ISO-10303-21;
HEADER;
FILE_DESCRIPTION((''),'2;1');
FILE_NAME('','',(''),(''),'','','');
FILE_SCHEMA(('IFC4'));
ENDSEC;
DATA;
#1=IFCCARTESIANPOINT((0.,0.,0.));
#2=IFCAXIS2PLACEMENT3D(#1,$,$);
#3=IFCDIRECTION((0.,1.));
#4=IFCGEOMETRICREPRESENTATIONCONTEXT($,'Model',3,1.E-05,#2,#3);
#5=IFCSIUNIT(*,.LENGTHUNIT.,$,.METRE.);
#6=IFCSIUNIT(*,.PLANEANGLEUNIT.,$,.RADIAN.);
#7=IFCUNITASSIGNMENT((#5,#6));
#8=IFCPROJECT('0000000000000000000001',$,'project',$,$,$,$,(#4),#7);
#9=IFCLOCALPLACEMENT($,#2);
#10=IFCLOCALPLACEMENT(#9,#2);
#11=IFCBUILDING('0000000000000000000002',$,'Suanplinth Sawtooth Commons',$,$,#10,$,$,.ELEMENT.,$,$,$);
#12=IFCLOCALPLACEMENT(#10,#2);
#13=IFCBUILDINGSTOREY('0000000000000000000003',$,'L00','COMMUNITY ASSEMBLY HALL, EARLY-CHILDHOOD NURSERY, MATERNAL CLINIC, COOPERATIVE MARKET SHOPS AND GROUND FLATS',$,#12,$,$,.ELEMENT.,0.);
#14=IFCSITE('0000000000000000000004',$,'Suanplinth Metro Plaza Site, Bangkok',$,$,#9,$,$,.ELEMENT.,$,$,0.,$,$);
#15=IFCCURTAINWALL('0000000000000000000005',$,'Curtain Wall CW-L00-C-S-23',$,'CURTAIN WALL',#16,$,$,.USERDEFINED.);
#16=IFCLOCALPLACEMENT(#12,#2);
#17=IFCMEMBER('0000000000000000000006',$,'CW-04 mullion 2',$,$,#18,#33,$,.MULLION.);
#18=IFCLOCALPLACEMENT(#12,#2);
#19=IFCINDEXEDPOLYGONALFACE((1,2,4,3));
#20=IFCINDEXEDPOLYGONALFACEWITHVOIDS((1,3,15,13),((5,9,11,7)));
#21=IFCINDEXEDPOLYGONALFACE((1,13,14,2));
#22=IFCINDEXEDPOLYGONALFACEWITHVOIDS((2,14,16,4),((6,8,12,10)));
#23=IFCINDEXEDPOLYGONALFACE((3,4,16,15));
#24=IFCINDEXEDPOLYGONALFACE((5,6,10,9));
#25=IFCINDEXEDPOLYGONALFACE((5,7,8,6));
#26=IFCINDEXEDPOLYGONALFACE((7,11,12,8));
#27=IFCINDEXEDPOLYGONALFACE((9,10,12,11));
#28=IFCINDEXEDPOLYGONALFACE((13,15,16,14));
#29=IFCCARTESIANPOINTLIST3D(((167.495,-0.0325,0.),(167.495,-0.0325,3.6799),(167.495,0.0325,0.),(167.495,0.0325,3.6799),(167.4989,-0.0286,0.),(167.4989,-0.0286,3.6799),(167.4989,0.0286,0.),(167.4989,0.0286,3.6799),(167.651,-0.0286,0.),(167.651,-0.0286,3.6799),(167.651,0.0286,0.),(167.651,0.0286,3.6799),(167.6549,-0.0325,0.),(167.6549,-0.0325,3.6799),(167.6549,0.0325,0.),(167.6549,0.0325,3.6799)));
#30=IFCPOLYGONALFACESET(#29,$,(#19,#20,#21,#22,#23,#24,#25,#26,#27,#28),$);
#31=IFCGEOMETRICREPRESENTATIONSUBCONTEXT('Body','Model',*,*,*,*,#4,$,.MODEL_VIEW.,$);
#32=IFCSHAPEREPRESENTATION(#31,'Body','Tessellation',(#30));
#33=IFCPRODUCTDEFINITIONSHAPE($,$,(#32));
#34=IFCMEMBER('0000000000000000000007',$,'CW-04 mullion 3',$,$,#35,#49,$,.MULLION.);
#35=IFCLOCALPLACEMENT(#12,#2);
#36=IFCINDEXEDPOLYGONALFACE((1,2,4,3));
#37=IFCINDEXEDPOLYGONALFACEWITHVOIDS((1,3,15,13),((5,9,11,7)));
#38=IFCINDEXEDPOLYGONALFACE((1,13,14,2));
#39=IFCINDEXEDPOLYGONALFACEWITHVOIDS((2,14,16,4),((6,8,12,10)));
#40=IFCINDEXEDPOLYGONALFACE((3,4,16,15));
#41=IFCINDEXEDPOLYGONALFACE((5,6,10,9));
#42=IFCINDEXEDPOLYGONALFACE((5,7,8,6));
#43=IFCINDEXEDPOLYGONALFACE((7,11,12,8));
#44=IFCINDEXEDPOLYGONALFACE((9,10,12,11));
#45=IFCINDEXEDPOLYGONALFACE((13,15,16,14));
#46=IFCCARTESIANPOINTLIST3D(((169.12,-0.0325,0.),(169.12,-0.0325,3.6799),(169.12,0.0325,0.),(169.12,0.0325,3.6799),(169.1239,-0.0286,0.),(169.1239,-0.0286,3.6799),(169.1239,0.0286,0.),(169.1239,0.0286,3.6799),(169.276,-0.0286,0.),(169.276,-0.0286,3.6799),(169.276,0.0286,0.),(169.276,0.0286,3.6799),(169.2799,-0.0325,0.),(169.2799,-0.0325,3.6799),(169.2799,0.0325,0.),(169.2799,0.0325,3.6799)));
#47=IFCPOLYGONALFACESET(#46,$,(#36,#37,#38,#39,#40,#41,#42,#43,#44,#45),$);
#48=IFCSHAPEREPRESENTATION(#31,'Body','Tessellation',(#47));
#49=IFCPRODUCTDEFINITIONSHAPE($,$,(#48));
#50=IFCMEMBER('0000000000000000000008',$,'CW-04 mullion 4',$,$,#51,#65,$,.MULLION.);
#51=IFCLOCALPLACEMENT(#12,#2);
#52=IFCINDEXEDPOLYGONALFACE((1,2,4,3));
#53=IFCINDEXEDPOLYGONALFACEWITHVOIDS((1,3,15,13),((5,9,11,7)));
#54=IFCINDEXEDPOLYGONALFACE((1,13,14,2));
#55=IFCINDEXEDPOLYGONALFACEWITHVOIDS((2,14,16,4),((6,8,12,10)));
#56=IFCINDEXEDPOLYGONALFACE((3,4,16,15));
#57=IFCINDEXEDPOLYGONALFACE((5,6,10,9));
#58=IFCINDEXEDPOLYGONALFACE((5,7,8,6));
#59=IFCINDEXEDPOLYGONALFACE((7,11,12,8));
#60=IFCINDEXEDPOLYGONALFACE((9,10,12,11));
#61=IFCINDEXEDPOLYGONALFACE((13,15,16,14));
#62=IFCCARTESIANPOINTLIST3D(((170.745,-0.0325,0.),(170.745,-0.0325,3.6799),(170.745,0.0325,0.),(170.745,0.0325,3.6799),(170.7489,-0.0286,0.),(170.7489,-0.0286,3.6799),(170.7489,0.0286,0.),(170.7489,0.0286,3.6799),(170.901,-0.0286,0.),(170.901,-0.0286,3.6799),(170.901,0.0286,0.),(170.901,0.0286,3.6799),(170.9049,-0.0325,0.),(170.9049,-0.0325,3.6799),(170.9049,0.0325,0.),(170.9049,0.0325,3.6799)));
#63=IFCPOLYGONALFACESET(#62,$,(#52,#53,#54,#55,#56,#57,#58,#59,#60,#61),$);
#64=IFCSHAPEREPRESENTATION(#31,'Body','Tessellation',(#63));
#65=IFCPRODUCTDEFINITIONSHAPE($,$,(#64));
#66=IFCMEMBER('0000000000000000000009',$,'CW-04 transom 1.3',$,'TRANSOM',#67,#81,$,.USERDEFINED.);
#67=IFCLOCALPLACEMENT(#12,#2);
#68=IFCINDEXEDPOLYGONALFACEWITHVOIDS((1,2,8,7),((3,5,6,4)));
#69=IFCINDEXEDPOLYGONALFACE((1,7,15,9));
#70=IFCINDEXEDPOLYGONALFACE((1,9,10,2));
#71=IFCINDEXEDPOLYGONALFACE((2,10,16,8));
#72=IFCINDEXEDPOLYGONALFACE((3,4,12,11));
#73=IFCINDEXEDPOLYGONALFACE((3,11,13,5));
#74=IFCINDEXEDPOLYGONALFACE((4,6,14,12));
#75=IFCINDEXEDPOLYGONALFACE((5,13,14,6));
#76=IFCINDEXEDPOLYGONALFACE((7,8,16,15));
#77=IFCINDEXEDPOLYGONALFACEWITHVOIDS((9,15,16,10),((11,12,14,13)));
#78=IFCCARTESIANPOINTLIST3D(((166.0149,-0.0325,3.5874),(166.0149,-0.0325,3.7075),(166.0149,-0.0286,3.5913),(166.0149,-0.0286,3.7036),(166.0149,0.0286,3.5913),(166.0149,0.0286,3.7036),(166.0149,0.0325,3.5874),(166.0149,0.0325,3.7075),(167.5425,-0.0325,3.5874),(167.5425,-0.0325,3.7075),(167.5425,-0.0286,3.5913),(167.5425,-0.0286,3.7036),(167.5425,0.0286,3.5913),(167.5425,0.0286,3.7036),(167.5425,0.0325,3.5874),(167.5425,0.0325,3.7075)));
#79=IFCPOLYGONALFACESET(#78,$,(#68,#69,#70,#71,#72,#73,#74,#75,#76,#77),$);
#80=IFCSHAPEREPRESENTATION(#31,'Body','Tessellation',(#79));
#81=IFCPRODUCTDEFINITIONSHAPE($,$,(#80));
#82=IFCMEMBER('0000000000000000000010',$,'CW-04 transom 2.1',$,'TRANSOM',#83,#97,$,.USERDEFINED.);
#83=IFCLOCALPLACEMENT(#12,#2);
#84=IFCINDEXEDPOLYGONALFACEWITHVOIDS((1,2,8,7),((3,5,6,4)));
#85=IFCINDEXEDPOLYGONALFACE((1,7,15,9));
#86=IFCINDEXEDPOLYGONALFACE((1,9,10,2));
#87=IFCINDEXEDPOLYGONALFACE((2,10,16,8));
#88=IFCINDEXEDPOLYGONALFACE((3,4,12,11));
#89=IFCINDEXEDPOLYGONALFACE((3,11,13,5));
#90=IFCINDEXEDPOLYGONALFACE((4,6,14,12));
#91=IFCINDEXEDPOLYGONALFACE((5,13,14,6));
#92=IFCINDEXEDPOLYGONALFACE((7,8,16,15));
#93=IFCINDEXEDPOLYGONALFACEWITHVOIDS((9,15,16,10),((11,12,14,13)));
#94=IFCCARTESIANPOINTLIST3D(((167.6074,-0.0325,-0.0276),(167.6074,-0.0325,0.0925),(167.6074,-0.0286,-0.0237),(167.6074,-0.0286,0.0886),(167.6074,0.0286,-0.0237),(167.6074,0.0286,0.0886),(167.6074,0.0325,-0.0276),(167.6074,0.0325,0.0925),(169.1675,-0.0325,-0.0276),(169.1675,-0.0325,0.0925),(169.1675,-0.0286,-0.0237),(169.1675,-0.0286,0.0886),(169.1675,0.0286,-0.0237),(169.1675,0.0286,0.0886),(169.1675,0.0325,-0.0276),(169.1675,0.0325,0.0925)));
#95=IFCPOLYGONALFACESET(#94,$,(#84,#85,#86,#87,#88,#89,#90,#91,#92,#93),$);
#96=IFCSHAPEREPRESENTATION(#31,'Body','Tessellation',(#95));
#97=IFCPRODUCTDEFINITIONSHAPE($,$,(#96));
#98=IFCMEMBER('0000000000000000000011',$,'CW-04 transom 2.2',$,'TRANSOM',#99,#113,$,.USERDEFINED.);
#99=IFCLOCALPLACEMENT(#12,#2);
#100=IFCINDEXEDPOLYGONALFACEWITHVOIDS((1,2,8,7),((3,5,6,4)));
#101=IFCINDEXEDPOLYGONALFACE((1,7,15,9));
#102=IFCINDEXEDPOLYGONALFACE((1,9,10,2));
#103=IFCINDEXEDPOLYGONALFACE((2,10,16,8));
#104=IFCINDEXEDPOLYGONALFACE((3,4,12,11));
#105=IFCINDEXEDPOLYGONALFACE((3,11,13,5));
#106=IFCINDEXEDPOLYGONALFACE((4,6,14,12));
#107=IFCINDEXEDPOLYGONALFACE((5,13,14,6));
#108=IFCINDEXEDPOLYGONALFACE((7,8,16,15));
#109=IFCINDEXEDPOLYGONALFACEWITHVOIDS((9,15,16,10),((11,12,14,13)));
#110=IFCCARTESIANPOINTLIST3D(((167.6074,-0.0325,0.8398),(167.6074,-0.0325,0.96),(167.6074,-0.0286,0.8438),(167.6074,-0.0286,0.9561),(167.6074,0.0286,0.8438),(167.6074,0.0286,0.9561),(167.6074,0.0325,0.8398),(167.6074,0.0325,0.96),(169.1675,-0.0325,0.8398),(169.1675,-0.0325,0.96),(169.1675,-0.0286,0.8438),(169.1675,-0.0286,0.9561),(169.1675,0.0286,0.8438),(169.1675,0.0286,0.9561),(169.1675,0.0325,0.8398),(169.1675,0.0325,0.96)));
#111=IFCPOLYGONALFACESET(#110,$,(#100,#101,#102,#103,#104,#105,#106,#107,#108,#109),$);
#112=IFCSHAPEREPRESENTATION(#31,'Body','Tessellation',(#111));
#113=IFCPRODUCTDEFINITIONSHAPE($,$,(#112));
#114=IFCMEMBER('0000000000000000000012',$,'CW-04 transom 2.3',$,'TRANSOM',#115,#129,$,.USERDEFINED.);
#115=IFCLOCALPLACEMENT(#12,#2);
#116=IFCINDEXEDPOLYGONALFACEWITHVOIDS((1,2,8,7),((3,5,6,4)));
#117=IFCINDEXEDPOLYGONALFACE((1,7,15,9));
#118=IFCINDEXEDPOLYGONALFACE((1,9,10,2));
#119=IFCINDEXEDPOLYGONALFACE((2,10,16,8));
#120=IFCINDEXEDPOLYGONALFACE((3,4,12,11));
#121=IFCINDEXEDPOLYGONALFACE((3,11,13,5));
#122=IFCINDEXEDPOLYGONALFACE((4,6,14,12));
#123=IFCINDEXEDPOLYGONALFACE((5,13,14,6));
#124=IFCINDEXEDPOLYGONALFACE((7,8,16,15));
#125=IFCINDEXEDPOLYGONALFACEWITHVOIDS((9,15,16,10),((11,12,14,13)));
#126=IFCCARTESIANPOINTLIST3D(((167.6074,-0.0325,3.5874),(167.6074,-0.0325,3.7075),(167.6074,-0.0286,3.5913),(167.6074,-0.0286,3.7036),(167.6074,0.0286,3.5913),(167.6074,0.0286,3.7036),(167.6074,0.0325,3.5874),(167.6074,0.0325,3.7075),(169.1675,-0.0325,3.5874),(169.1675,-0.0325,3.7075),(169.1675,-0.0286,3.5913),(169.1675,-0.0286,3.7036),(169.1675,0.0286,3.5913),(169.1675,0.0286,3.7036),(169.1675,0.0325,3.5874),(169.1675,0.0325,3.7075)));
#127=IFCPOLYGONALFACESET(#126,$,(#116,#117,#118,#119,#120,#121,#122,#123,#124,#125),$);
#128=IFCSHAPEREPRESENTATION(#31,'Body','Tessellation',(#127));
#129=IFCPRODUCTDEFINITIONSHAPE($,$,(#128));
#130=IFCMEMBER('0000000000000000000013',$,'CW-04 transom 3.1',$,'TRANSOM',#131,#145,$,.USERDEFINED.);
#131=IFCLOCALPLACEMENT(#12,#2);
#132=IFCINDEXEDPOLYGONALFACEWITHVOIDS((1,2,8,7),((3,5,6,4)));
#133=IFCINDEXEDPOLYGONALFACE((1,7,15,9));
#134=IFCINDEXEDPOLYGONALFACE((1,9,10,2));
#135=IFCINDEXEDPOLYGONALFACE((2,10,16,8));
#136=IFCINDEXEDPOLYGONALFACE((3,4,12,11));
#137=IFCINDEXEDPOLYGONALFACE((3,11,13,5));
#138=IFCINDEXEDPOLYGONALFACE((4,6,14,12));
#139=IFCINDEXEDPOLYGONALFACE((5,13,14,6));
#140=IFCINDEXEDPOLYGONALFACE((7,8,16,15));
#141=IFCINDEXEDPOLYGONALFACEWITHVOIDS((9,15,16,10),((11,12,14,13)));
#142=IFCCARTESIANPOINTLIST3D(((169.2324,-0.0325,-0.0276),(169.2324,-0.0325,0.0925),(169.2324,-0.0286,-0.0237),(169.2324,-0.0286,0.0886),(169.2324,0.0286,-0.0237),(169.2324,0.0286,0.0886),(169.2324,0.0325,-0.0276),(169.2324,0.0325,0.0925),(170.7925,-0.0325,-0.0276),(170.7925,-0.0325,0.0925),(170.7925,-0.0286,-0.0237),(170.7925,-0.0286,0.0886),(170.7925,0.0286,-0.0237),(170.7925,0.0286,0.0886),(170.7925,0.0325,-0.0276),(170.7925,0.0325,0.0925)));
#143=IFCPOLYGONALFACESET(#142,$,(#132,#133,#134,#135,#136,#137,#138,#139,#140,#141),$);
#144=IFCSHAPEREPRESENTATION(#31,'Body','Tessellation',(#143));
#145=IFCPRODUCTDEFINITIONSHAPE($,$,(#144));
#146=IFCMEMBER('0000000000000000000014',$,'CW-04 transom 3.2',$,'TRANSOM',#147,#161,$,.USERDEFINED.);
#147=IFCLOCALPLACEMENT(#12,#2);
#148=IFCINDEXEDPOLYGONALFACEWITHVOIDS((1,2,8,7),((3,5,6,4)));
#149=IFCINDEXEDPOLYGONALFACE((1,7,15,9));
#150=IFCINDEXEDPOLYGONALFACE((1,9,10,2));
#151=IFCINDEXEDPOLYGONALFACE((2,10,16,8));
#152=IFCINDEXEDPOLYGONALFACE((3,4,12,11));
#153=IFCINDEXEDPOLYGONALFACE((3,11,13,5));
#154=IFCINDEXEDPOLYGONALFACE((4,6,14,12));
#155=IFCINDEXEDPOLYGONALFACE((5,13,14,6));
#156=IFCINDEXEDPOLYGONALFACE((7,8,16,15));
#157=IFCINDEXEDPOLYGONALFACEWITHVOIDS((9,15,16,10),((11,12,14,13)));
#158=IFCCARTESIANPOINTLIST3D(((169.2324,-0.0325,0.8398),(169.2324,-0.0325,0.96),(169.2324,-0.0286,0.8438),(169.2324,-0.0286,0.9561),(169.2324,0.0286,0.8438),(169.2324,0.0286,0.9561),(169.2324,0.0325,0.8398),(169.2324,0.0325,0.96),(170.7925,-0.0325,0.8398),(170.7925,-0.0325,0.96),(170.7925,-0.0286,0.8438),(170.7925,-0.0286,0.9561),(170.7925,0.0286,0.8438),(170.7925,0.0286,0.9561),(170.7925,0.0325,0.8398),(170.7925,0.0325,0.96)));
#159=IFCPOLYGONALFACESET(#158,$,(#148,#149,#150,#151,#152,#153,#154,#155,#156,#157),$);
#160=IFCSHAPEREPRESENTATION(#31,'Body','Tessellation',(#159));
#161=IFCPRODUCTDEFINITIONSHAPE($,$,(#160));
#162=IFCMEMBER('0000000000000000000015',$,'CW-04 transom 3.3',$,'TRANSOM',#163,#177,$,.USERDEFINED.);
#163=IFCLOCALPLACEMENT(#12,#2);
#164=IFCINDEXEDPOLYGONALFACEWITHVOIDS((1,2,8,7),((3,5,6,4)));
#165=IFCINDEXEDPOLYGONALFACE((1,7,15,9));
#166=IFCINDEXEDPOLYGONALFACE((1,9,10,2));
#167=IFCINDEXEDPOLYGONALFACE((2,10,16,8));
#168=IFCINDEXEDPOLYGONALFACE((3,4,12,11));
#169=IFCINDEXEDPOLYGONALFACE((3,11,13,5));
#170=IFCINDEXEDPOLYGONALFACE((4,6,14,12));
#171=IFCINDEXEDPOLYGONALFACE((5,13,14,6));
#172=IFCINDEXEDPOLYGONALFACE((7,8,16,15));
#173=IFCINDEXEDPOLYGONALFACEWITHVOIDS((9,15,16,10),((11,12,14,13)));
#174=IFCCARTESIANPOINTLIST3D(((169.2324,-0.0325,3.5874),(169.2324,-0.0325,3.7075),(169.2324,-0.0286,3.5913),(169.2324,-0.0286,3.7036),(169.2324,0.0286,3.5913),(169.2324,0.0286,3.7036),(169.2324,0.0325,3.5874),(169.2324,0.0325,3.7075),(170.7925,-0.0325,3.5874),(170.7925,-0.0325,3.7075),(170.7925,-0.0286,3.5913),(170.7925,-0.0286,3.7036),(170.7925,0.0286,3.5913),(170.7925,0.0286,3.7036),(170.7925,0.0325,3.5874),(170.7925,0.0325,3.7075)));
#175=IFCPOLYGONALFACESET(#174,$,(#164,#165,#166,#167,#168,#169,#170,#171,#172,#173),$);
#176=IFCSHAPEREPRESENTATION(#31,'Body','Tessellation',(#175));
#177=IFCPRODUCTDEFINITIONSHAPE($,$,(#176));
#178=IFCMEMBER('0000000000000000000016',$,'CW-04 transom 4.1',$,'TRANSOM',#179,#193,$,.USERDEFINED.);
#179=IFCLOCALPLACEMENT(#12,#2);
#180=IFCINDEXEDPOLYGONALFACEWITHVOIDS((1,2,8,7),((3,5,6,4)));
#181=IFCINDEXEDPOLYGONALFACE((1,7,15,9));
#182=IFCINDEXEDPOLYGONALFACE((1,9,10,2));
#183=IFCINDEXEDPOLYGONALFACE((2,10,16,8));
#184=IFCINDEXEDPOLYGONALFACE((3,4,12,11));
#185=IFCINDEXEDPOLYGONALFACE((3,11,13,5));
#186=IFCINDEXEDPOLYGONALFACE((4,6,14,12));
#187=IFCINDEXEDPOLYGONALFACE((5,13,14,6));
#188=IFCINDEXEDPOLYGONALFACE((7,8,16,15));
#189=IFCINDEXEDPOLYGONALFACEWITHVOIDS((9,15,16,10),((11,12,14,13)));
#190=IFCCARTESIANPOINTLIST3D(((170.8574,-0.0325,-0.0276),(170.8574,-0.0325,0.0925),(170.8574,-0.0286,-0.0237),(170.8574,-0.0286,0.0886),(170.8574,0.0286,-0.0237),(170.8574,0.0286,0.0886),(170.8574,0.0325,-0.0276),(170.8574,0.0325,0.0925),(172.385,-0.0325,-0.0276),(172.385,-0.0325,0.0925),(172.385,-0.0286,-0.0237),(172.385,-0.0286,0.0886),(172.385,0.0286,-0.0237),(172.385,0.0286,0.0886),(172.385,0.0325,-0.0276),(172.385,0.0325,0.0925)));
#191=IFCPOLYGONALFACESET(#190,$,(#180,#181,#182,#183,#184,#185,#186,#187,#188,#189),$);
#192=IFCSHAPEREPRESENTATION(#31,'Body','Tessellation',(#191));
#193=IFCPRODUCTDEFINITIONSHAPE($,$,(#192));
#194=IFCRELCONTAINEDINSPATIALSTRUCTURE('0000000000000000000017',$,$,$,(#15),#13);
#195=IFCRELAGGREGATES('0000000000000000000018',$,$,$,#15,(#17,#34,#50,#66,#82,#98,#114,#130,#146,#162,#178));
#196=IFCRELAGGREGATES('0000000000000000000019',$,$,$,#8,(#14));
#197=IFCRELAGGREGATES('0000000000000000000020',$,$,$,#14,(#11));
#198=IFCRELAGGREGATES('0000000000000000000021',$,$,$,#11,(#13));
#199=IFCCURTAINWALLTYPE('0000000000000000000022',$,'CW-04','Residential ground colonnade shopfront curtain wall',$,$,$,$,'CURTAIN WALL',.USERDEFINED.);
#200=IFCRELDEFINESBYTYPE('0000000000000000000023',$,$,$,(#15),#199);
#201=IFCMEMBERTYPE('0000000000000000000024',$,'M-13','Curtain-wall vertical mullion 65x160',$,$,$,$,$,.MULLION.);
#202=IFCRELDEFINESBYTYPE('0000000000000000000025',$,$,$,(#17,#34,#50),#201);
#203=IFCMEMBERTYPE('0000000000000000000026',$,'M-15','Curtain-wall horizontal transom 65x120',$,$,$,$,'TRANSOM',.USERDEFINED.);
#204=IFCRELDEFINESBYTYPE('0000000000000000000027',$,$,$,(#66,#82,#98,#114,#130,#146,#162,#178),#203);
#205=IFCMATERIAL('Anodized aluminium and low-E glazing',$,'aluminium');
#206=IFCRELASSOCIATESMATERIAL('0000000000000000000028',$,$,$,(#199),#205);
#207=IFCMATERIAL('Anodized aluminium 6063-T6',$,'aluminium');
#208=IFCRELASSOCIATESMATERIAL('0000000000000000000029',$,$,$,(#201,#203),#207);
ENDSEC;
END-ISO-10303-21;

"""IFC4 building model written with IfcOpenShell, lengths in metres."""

from ifc_helpers import new_model, si_unit, direction, frame, origin, origin_2d, place, context, subcontext, project, spatial, hollow_rectangle, extrude, material, material_profile, profile_set, type_object, element, aggregate, save


model = new_model("IFC4")

# Units and contexts
model_context = context("Model", 3, precision=1e-05, world=origin(), true_north=direction((0.0, 1.0)))
body_context = subcontext(model_context, "Body", "Model", "MODEL_VIEW")
ifc_project = project(units=[si_unit("LENGTHUNIT", "METRE"), si_unit("PLANEANGLEUNIT", "RADIAN")], contexts=[model_context])

# Site, building, storey
site_placement = place(None, origin())
site = spatial("IfcSite", under=ifc_project, at=site_placement, Name="Suanplinth Metro Plaza Site, Bangkok", CompositionType="ELEMENT", RefElevation=0.0)
building_placement = place(site_placement, origin())
building = spatial("IfcBuilding", under=site, at=building_placement, Name="Suanplinth Sawtooth Commons", CompositionType="ELEMENT")
storey_placement = place(building_placement, origin())
storey = spatial("IfcBuildingStorey", under=building, at=storey_placement, Name="L00", Description="COMMUNITY ASSEMBLY HALL, EARLY-CHILDHOOD NURSERY, MATERNAL CLINIC, COOPERATIVE MARKET SHOPS AND GROUND FLATS", CompositionType="ELEMENT", Elevation=0.0)

# Curtain wall, members
ifc_material_1 = material(Name="Anodized aluminium and low-E glazing", Category="aluminium")
curtain_wall_type = type_object("IfcCurtainWallType", Name="CW-04", Description="Residential ground colonnade shopfront curtain wall", ElementType="CURTAIN WALL", PredefinedType="USERDEFINED", material=ifc_material_1)
curtain_wall_placement = place(storey_placement, origin())
curtain_wall = element("IfcCurtainWall", 1, at=curtain_wall_placement, inside=storey, type_object=curtain_wall_type, Name="Curtain Wall CW-L00-C-S-23", ObjectType="CURTAIN WALL", PredefinedType="USERDEFINED")
ifc_material_2 = material(Name="Anodized aluminium 6063-T6", Category="aluminium")
ifc_material_profile_1 = material_profile(ifc_material_2, hollow_rectangle(XDim=0.0649, YDim=0.1599, WallThickness=0.0039, at=origin_2d()), Name="ALU-MUL 65x160")
ifc_profile_set_1 = profile_set([ifc_material_profile_1], Name="Anodized aluminium 6063-T6")
member_type_1 = type_object("IfcMemberType", Name="M-13", Description="Curtain-wall vertical mullion 65x160", PredefinedType="MULLION", material=ifc_profile_set_1)
member_1_placement = place(storey_placement, frame((167.575, 0.0, 0.0), z_axis=(0.0, 0.0, 1.0), x_axis=(0.0, 1.0, 0.0)))
member_1 = element("IfcMember", 2, at=member_1_placement, type_object=member_type_1, Name="CW-04 mullion 2", PredefinedType="MULLION", context=body_context, shape_type="SweptSolid", body=[
    extrude(hollow_rectangle(XDim=0.0649, YDim=0.1599, WallThickness=0.0039, at=origin_2d()), origin(), (0.0, 0.0, 1.0), 3.6799),
])
member_2_placement = place(storey_placement, frame((169.2, 0.0, 0.0), z_axis=(0.0, 0.0, 1.0), x_axis=(0.0, 1.0, 0.0)))
member_2 = element("IfcMember", 3, at=member_2_placement, type_object=member_type_1, Name="CW-04 mullion 3", PredefinedType="MULLION", context=body_context, shape_type="SweptSolid", body=[
    extrude(hollow_rectangle(XDim=0.0649, YDim=0.1599, WallThickness=0.0039, at=origin_2d()), origin(), (0.0, 0.0, 1.0), 3.6799),
])
member_3_placement = place(storey_placement, frame((170.825, 0.0, 0.0), z_axis=(0.0, 0.0, 1.0), x_axis=(0.0, 1.0, 0.0)))
member_3 = element("IfcMember", 4, at=member_3_placement, type_object=member_type_1, Name="CW-04 mullion 4", PredefinedType="MULLION", context=body_context, shape_type="SweptSolid", body=[
    extrude(hollow_rectangle(XDim=0.0649, YDim=0.1599, WallThickness=0.0039, at=origin_2d()), origin(), (0.0, 0.0, 1.0), 3.6799),
])
ifc_material_profile_2 = material_profile(ifc_material_2, hollow_rectangle(XDim=0.0649, YDim=0.1201, WallThickness=0.0039, at=origin_2d()), Name="ALU-TRN 65x120")
ifc_profile_set_2 = profile_set([ifc_material_profile_2], Name="Anodized aluminium 6063-T6")
member_type_2 = type_object("IfcMemberType", Name="M-15", Description="Curtain-wall horizontal transom 65x120", ElementType="TRANSOM", PredefinedType="USERDEFINED", material=ifc_profile_set_2)
member_4_placement = place(storey_placement, frame((166.0149, 0.0, 3.6475), z_axis=(1.0, 0.0, 0.0), x_axis=(0.0, 1.0, 0.0)))
member_4 = element("IfcMember", 5, at=member_4_placement, type_object=member_type_2, Name="CW-04 transom 1.3", ObjectType="TRANSOM", PredefinedType="USERDEFINED", context=body_context, shape_type="SweptSolid", body=[
    extrude(hollow_rectangle(XDim=0.0649, YDim=0.1201, WallThickness=0.0039, at=origin_2d()), origin(), (0.0, 0.0, 1.0), 1.5276),
])
member_5_placement = place(storey_placement, frame((167.6074, 0.0, 0.0325), z_axis=(1.0, 0.0, 0.0), x_axis=(0.0, 1.0, 0.0)))
member_5 = element("IfcMember", 6, at=member_5_placement, type_object=member_type_2, Name="CW-04 transom 2.1", ObjectType="TRANSOM", PredefinedType="USERDEFINED", context=body_context, shape_type="SweptSolid", body=[
    extrude(hollow_rectangle(XDim=0.0649, YDim=0.1201, WallThickness=0.0039, at=origin_2d()), origin(), (0.0, 0.0, 1.0), 1.5601),
])
member_6_placement = place(storey_placement, frame((167.6074, 0.0, 0.8999), z_axis=(1.0, 0.0, 0.0), x_axis=(0.0, 1.0, 0.0)))
member_6 = element("IfcMember", 7, at=member_6_placement, type_object=member_type_2, Name="CW-04 transom 2.2", ObjectType="TRANSOM", PredefinedType="USERDEFINED", context=body_context, shape_type="SweptSolid", body=[
    extrude(hollow_rectangle(XDim=0.0649, YDim=0.1201, WallThickness=0.0039, at=origin_2d()), origin(), (0.0, 0.0, 1.0), 1.5601),
])
member_7_placement = place(storey_placement, frame((167.6074, 0.0, 3.6475), z_axis=(1.0, 0.0, 0.0), x_axis=(0.0, 1.0, 0.0)))
member_7 = element("IfcMember", 8, at=member_7_placement, type_object=member_type_2, Name="CW-04 transom 2.3", ObjectType="TRANSOM", PredefinedType="USERDEFINED", context=body_context, shape_type="SweptSolid", body=[
    extrude(hollow_rectangle(XDim=0.0649, YDim=0.1201, WallThickness=0.0039, at=origin_2d()), origin(), (0.0, 0.0, 1.0), 1.5601),
])
member_8_placement = place(storey_placement, frame((169.2324, 0.0, 0.0325), z_axis=(1.0, 0.0, 0.0), x_axis=(0.0, 1.0, 0.0)))
member_8 = element("IfcMember", 9, at=member_8_placement, type_object=member_type_2, Name="CW-04 transom 3.1", ObjectType="TRANSOM", PredefinedType="USERDEFINED", context=body_context, shape_type="SweptSolid", body=[
    extrude(hollow_rectangle(XDim=0.0649, YDim=0.1201, WallThickness=0.0039, at=origin_2d()), origin(), (0.0, 0.0, 1.0), 1.5601),
])
member_9_placement = place(storey_placement, frame((169.2324, 0.0, 0.8999), z_axis=(1.0, 0.0, 0.0), x_axis=(0.0, 1.0, 0.0)))
member_9 = element("IfcMember", 10, at=member_9_placement, type_object=member_type_2, Name="CW-04 transom 3.2", ObjectType="TRANSOM", PredefinedType="USERDEFINED", context=body_context, shape_type="SweptSolid", body=[
    extrude(hollow_rectangle(XDim=0.0649, YDim=0.1201, WallThickness=0.0039, at=origin_2d()), origin(), (0.0, 0.0, 1.0), 1.5601),
])
member_10_placement = place(storey_placement, frame((169.2324, 0.0, 3.6475), z_axis=(1.0, 0.0, 0.0), x_axis=(0.0, 1.0, 0.0)))
member_10 = element("IfcMember", 11, at=member_10_placement, type_object=member_type_2, Name="CW-04 transom 3.3", ObjectType="TRANSOM", PredefinedType="USERDEFINED", context=body_context, shape_type="SweptSolid", body=[
    extrude(hollow_rectangle(XDim=0.0649, YDim=0.1201, WallThickness=0.0039, at=origin_2d()), origin(), (0.0, 0.0, 1.0), 1.5601),
])
member_11_placement = place(storey_placement, frame((170.8574, 0.0, 0.0325), z_axis=(1.0, 0.0, 0.0), x_axis=(0.0, 1.0, 0.0)))
member_11 = element("IfcMember", 12, at=member_11_placement, type_object=member_type_2, Name="CW-04 transom 4.1", ObjectType="TRANSOM", PredefinedType="USERDEFINED", context=body_context, shape_type="SweptSolid", body=[
    extrude(hollow_rectangle(XDim=0.0649, YDim=0.1201, WallThickness=0.0039, at=origin_2d()), origin(), (0.0, 0.0, 1.0), 1.5276),
])
aggregate(curtain_wall, [member_1, member_2, member_3, member_4, member_5, member_6, member_7, member_8, member_9, member_10, member_11])

save(model, "model.ifc")
